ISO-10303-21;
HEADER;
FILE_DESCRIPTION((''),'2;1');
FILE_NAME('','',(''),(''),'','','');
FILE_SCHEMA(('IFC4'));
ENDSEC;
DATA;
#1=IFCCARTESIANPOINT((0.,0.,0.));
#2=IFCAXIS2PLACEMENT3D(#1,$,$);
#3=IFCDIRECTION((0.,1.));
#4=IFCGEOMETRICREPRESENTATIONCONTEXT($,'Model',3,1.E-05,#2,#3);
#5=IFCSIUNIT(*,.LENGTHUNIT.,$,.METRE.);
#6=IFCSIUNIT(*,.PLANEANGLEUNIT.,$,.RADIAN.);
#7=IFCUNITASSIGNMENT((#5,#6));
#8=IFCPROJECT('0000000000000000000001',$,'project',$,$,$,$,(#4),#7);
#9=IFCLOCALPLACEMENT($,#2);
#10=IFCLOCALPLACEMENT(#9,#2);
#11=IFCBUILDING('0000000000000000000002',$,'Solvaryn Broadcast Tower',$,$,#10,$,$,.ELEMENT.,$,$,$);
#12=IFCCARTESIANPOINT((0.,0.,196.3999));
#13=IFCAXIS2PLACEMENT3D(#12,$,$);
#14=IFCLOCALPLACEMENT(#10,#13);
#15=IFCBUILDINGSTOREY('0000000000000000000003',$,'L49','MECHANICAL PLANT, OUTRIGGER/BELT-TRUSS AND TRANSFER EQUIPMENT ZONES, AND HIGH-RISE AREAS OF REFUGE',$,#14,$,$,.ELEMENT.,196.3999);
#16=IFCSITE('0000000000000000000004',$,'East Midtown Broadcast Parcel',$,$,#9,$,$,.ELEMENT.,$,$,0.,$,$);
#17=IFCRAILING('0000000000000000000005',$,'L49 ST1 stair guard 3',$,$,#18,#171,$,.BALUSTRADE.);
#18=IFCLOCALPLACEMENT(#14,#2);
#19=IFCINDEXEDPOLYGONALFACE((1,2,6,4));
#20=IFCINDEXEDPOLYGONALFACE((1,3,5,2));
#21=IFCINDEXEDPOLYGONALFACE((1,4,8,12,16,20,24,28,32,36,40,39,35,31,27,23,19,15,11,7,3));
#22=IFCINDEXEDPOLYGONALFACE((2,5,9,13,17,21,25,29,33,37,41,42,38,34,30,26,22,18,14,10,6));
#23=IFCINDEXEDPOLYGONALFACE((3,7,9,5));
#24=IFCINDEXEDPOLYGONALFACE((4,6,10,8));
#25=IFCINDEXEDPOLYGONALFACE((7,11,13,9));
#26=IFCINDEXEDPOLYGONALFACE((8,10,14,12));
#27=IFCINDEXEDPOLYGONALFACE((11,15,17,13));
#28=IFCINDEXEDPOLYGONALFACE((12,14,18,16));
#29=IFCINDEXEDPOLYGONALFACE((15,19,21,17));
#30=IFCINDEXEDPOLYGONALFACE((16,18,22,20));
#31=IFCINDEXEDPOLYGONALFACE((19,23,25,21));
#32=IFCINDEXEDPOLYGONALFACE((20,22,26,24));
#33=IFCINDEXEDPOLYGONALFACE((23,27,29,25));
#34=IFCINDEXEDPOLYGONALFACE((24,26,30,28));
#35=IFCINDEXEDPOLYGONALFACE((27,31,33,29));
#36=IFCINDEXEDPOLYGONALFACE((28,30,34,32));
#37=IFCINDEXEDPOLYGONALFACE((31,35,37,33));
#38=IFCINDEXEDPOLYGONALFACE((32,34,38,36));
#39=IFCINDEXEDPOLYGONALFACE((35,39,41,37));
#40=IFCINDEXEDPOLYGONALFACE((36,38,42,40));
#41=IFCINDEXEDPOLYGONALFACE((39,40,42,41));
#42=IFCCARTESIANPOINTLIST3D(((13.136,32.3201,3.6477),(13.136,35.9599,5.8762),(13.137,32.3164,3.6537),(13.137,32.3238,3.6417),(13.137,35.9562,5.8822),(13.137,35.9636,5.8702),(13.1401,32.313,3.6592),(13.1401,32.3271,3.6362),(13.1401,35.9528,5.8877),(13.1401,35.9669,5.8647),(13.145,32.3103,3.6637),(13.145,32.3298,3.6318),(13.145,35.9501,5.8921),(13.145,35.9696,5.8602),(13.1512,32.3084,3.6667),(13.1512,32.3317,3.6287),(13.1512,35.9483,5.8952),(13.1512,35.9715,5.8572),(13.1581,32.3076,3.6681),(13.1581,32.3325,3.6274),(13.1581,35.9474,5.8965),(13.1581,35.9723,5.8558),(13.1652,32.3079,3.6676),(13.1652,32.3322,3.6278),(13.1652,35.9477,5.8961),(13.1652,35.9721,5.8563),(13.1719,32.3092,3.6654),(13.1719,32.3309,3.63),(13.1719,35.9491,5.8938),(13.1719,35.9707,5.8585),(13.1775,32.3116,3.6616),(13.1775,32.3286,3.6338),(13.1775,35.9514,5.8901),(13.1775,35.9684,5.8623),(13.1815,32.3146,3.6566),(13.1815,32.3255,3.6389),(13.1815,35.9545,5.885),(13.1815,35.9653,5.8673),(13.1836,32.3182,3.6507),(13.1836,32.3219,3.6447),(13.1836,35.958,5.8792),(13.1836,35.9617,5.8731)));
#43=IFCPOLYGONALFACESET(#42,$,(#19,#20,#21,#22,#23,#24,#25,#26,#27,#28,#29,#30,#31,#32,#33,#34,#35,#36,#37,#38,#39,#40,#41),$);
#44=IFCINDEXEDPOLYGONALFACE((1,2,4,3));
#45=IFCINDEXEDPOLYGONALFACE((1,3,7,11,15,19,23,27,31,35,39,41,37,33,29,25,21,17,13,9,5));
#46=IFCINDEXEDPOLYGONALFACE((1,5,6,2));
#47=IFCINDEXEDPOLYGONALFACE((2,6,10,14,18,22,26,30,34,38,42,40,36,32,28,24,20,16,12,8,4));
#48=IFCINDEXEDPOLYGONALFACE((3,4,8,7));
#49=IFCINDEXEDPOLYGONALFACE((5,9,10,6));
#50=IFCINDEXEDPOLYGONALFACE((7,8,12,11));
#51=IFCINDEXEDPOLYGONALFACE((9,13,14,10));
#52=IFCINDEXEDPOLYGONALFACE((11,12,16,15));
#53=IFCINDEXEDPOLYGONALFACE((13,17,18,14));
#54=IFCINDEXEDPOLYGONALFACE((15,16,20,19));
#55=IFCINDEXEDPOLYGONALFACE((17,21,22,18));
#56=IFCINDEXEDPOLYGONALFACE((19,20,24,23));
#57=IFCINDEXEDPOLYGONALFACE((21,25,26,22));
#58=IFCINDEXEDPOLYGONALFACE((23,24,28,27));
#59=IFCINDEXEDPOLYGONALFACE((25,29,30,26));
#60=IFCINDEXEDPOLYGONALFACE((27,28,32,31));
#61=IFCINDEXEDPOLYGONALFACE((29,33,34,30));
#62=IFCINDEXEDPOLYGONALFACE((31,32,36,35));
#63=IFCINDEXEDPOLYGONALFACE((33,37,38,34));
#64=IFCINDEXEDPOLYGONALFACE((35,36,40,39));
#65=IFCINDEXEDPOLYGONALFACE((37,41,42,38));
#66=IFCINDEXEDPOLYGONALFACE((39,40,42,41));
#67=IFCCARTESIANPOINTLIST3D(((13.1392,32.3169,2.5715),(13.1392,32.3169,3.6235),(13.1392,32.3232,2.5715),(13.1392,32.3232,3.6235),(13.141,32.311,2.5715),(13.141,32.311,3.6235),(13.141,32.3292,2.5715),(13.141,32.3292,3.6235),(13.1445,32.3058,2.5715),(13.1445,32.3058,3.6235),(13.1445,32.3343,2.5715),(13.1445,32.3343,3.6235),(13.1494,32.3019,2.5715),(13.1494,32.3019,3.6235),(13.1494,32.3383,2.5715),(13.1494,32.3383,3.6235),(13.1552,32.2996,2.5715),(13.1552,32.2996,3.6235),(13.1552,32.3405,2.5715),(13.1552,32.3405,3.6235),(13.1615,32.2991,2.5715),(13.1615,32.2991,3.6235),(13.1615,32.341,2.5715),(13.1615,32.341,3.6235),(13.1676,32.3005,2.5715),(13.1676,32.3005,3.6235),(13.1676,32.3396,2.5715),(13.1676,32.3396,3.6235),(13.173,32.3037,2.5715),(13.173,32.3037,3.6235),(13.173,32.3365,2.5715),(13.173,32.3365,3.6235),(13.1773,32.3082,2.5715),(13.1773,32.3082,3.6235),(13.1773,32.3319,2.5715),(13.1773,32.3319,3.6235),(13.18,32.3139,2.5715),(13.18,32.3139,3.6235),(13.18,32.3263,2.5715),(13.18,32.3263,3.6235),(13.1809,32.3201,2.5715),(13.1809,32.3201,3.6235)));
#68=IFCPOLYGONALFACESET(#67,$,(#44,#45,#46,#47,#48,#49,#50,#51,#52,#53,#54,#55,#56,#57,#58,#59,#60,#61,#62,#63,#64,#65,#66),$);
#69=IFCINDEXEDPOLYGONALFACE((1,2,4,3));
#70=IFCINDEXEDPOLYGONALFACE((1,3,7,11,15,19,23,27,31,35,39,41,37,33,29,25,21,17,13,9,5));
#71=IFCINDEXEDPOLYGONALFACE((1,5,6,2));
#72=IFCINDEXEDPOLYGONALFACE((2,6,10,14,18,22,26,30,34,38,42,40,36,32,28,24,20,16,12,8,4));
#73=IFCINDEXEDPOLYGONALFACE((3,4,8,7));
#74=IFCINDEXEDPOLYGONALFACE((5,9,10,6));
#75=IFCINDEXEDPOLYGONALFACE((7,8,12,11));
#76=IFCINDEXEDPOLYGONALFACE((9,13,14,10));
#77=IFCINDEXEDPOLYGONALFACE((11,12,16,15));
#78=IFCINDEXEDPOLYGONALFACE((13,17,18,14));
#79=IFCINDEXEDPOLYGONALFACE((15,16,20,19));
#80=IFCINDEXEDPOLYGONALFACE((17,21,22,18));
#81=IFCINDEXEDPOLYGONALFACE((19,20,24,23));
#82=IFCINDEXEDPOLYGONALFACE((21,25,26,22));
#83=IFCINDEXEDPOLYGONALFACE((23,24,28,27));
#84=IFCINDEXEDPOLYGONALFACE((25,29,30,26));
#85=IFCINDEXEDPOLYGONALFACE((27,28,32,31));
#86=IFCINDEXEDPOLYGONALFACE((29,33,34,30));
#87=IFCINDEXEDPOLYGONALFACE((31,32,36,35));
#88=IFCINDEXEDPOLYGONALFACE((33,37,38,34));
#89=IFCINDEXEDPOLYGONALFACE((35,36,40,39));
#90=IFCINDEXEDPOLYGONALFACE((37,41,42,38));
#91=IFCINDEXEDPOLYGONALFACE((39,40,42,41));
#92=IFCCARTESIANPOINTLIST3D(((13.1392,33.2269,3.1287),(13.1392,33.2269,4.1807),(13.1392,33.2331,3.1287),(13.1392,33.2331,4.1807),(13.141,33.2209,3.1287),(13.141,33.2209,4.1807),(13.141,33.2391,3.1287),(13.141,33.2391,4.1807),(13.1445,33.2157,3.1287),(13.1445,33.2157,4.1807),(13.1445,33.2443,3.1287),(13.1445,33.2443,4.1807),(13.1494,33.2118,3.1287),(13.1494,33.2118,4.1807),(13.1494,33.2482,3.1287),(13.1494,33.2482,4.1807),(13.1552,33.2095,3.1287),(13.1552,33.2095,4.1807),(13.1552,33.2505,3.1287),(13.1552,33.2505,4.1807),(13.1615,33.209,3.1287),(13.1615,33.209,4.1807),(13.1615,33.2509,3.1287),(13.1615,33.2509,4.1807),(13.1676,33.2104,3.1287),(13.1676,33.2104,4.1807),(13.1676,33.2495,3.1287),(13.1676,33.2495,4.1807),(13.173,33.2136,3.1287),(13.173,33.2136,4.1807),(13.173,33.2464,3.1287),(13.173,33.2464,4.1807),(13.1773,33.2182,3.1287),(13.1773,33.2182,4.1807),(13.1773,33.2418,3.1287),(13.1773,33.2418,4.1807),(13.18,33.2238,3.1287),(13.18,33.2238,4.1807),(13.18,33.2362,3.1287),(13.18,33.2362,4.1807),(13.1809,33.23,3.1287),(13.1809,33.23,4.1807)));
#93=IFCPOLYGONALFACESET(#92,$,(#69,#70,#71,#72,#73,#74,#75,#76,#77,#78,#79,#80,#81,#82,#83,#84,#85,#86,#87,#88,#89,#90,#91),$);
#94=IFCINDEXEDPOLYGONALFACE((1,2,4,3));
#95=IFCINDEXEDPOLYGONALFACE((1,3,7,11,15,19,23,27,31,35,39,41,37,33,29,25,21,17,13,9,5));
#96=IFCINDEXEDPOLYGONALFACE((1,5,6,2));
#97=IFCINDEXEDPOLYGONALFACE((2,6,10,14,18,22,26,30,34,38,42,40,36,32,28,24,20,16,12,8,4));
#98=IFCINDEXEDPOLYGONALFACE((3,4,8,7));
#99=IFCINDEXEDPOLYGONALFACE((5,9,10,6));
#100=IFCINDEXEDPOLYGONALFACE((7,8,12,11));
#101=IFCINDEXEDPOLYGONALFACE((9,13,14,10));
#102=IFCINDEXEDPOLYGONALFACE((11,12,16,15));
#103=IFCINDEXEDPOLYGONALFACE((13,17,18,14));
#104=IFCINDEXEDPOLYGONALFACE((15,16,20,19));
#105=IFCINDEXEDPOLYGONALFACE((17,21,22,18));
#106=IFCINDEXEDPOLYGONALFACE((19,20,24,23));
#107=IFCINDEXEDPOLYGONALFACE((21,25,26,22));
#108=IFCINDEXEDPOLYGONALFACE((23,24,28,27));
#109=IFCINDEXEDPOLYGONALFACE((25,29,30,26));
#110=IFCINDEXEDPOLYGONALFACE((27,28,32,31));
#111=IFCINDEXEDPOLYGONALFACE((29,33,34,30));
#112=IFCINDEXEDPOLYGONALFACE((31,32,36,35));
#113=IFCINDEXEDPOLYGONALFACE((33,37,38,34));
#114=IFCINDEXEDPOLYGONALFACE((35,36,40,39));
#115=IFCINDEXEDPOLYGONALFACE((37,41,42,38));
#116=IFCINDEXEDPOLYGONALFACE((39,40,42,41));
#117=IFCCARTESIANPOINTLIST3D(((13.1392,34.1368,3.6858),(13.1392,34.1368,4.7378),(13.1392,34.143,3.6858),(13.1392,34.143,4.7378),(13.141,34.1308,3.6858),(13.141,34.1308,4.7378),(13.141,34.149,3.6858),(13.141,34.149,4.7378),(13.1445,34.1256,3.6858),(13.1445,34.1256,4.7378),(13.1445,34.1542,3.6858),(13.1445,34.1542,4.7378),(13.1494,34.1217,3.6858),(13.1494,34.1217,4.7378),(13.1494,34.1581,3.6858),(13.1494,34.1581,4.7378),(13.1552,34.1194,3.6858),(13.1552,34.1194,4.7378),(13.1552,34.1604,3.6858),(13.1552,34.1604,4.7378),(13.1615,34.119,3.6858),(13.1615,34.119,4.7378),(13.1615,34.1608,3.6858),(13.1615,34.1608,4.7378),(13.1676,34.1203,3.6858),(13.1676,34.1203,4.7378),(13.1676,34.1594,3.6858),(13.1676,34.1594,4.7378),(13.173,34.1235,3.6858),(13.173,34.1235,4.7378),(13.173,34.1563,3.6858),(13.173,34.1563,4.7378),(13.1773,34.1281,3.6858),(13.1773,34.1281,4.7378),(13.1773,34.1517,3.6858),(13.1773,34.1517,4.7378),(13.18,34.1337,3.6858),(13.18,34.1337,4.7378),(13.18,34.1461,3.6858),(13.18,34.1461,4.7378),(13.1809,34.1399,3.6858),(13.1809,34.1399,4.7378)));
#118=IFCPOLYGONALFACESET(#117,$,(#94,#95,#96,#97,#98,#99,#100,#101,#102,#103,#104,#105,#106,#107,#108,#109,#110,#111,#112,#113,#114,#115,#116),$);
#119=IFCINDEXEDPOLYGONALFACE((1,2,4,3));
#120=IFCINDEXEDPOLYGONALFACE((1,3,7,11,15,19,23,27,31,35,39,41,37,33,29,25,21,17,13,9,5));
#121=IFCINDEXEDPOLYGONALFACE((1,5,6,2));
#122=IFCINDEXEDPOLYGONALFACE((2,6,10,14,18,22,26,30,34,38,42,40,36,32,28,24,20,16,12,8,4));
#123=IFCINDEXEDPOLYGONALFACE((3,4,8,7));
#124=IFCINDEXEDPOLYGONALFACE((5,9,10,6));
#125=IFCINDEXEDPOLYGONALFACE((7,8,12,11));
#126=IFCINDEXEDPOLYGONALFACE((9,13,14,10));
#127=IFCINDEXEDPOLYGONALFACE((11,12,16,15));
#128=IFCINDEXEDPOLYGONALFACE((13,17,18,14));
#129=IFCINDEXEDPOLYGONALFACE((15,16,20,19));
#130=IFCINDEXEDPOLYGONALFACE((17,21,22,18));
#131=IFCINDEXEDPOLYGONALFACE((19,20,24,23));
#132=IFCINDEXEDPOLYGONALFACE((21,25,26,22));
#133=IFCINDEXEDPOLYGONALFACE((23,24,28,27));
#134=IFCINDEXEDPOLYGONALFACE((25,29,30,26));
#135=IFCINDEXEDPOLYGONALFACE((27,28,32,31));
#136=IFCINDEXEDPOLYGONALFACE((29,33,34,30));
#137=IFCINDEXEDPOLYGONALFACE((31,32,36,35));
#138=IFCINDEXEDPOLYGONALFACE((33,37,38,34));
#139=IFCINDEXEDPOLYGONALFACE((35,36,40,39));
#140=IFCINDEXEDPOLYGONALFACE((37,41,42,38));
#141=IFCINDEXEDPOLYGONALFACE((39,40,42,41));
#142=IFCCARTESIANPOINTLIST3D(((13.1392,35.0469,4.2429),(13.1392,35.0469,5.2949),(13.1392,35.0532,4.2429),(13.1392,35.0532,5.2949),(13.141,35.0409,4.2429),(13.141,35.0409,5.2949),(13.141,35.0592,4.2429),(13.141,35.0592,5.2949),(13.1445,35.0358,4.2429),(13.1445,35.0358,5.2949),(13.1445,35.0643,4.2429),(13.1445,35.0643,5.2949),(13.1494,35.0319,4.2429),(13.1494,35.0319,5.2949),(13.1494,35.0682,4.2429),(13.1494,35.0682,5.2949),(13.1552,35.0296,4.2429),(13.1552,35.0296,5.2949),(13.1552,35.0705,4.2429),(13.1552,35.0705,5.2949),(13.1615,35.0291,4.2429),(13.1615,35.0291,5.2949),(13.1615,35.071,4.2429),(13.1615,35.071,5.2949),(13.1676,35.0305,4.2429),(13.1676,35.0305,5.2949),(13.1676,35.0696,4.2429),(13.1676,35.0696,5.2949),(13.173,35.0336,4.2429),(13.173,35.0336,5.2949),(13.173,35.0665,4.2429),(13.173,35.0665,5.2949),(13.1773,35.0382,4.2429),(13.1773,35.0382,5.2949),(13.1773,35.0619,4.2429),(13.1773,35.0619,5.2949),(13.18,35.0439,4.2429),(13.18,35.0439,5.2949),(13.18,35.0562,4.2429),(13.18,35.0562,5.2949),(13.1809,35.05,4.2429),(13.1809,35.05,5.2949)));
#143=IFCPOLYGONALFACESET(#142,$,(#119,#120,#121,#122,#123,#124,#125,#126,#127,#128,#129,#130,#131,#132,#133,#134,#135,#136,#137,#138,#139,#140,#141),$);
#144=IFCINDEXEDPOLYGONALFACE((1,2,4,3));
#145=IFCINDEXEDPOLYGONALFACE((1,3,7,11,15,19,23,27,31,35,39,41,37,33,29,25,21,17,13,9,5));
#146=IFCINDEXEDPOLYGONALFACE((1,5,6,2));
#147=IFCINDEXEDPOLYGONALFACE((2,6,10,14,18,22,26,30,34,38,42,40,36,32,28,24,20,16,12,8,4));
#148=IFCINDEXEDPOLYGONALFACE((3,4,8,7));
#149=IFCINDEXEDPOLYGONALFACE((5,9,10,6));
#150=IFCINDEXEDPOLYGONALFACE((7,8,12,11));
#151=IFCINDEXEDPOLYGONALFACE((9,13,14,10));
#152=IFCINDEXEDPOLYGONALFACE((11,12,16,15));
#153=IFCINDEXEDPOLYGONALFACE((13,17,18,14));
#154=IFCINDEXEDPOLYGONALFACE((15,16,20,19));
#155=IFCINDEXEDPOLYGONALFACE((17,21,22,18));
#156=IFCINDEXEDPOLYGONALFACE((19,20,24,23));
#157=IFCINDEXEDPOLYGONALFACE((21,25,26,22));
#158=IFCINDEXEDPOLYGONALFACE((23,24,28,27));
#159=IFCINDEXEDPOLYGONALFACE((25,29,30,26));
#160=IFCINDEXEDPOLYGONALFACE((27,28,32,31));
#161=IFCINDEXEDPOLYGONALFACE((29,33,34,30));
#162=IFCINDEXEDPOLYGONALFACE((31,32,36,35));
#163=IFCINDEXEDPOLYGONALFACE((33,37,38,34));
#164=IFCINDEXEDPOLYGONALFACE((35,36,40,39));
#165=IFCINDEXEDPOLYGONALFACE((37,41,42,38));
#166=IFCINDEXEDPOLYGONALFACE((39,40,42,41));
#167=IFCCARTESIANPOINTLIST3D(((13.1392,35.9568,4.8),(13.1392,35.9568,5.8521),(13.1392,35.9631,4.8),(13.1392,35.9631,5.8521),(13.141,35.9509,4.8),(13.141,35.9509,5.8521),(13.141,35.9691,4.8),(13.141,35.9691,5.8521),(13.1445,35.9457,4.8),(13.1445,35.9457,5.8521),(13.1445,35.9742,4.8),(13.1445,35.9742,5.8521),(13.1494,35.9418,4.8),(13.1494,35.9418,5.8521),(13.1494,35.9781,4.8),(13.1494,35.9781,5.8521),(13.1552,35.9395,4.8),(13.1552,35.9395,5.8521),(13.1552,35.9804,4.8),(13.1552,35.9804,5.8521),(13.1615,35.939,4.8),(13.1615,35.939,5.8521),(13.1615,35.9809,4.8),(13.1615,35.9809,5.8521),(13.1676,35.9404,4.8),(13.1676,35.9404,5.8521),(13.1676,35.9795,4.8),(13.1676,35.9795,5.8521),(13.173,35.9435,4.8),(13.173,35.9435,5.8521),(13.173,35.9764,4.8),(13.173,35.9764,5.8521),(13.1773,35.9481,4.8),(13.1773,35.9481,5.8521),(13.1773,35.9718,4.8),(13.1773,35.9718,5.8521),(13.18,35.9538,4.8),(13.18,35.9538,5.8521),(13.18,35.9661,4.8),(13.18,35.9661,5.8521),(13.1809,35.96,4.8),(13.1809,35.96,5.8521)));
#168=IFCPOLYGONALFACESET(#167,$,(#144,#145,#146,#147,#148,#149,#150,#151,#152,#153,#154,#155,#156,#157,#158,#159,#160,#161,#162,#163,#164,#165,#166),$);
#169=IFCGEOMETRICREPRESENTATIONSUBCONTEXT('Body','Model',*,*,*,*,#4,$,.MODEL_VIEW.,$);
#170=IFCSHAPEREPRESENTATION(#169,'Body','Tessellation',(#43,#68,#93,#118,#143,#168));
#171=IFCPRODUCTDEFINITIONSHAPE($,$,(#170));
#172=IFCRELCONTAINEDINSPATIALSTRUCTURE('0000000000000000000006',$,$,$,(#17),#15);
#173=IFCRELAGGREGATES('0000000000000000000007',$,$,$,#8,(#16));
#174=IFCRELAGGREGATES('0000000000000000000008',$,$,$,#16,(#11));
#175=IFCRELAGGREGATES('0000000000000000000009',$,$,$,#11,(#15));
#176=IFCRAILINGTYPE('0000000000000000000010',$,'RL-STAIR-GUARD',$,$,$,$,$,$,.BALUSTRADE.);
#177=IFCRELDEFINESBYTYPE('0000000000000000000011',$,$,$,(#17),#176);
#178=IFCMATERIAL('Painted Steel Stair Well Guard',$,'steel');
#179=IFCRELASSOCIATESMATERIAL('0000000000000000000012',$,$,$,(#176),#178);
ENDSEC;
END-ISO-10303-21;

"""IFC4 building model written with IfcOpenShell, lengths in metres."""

from ifc_helpers import new_model, si_unit, direction, frame, origin, origin_2d, place, context, subcontext, project, spatial, circle, extrude, material, type_object, element, save


model = new_model("IFC4")

# Units and contexts
model_context = context("Model", 3, precision=1e-05, world=origin(), true_north=direction((0.0, 1.0)))
body_context = subcontext(model_context, "Body", "Model", "MODEL_VIEW")
ifc_project = project(units=[si_unit("LENGTHUNIT", "METRE"), si_unit("PLANEANGLEUNIT", "RADIAN")], contexts=[model_context])

# Site, building, storey
site_placement = place(None, origin())
site = spatial("IfcSite", under=ifc_project, at=site_placement, Name="East Midtown Broadcast Parcel", CompositionType="ELEMENT", RefElevation=0.0)
building_placement = place(site_placement, origin())
building = spatial("IfcBuilding", under=site, at=building_placement, Name="Solvaryn Broadcast Tower", CompositionType="ELEMENT")
storey_placement = place(building_placement, frame((0.0, 0.0, 196.3999)))
storey = spatial("IfcBuildingStorey", under=building, at=storey_placement, Name="L49", Description="MECHANICAL PLANT, OUTRIGGER/BELT-TRUSS AND TRANSFER EQUIPMENT ZONES, AND HIGH-RISE AREAS OF REFUGE", CompositionType="ELEMENT", Elevation=196.3999)

# Railing
ifc_material_1 = material(Name="Painted Steel Stair Well Guard", Category="steel")
railing_type_1 = type_object("IfcRailingType", Name="RL-STAIR-GUARD", PredefinedType="BALUSTRADE", material=ifc_material_1)
railing_1_placement = place(storey_placement, frame((13.1599, 32.3201, 2.5715)))
element("IfcRailing", 1, at=railing_1_placement, inside=storey, type_object=railing_type_1, Name="L49 ST1 stair guard 3", PredefinedType="BALUSTRADE", context=body_context, shape_type="SweptSolid", body=[
    extrude(circle(Radius=0.0239, at=origin_2d()), frame((0.0, 0.0, 1.0762), z_axis=(0.0, 0.85285, 0.522156), x_axis=(-1.0, 0.0, 0.0)), (0.0, 0.0, 1.0), 4.2678),
    extrude(circle(Radius=0.021, at=origin_2d()), origin(), (0.0, 0.0, 1.0), 1.052),
    extrude(circle(Radius=0.021, at=origin_2d()), frame((0.0, 0.9099, 0.5571)), (0.0, 0.0, 1.0), 1.052),
    extrude(circle(Radius=0.021, at=origin_2d()), frame((0.0, 1.8198, 1.1143)), (0.0, 0.0, 1.0), 1.052),
    extrude(circle(Radius=0.021, at=origin_2d()), frame((0.0, 2.73, 1.6714)), (0.0, 0.0, 1.0), 1.052),
    extrude(circle(Radius=0.021, at=origin_2d()), frame((0.0, 3.6399, 2.2285)), (0.0, 0.0, 1.0), 1.052),
])

save(model, "model.ifc")
